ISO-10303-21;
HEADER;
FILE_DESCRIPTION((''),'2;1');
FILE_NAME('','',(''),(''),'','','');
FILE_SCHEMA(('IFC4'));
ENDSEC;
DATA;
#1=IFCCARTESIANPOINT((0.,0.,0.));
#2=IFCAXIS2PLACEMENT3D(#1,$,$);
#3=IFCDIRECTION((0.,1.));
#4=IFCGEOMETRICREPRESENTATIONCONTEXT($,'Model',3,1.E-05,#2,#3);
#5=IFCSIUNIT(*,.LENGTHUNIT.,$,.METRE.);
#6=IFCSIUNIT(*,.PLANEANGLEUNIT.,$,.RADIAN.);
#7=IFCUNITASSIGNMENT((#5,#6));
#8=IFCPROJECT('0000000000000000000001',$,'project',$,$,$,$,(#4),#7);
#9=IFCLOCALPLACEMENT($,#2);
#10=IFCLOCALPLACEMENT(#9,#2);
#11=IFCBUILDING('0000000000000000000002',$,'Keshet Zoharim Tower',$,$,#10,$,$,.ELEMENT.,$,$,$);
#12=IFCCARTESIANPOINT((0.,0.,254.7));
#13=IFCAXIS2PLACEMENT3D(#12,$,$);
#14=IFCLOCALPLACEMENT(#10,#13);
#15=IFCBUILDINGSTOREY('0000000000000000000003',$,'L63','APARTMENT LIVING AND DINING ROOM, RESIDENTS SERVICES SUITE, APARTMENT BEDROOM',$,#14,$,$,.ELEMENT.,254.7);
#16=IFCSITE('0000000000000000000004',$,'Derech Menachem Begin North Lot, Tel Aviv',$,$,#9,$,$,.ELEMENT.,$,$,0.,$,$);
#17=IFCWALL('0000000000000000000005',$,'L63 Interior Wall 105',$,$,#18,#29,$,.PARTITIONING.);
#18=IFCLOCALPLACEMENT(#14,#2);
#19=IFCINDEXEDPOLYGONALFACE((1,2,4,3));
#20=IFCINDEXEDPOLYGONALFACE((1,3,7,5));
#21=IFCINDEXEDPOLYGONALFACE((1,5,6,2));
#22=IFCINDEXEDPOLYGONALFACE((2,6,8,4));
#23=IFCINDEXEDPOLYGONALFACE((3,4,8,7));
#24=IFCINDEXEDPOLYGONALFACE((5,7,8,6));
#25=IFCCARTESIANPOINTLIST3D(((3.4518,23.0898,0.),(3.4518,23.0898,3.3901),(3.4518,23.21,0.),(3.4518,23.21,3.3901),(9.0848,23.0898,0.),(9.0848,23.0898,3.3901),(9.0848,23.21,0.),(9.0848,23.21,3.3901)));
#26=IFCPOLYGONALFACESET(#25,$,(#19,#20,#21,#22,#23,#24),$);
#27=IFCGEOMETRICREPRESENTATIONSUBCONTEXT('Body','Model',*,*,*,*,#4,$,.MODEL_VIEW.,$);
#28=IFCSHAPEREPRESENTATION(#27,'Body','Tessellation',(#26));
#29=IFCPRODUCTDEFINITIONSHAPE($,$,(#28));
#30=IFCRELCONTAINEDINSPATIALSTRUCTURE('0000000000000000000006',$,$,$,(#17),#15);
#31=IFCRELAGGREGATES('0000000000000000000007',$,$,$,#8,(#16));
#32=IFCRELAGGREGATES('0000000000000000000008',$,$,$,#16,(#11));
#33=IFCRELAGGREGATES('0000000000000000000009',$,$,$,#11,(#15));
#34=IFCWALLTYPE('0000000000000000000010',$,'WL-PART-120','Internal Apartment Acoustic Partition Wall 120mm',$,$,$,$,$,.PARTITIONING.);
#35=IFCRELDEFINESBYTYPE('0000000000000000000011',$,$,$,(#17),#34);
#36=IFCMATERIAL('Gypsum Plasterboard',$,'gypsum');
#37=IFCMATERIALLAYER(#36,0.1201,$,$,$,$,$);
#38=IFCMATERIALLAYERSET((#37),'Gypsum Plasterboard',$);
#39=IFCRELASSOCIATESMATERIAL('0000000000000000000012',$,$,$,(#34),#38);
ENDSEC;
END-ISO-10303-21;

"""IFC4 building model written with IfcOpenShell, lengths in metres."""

from ifc_helpers import new_model, si_unit, direction, frame, frame_2d, origin, place, context, subcontext, project, spatial, rectangle, extrude, material, layer, layer_set, type_object, element, save


model = new_model("IFC4")

# Units and contexts
model_context = context("Model", 3, precision=1e-05, world=origin(), true_north=direction((0.0, 1.0)))
body_context = subcontext(model_context, "Body", "Model", "MODEL_VIEW")
ifc_project = project(units=[si_unit("LENGTHUNIT", "METRE"), si_unit("PLANEANGLEUNIT", "RADIAN")], contexts=[model_context])

# Site, building, storey
site_placement = place(None, origin())
site = spatial("IfcSite", under=ifc_project, at=site_placement, Name="Derech Menachem Begin North Lot, Tel Aviv", CompositionType="ELEMENT", RefElevation=0.0)
building_placement = place(site_placement, origin())
building = spatial("IfcBuilding", under=site, at=building_placement, Name="Keshet Zoharim Tower", CompositionType="ELEMENT")
storey_placement = place(building_placement, frame((0.0, 0.0, 254.7)))
storey = spatial("IfcBuildingStorey", under=building, at=storey_placement, Name="L63", Description="APARTMENT LIVING AND DINING ROOM, RESIDENTS SERVICES SUITE, APARTMENT BEDROOM", CompositionType="ELEMENT", Elevation=254.7)

# Shared definitions
ifc_material_1 = material(Name="Gypsum Plasterboard", Category="gypsum")
ifc_layer_1 = layer(ifc_material_1, 0.1201)
ifc_layer_set_1 = layer_set([ifc_layer_1], Name="Gypsum Plasterboard")
wall_type = type_object("IfcWallType", Name="WL-PART-120", Description="Internal Apartment Acoustic Partition Wall 120mm", PredefinedType="PARTITIONING", material=ifc_layer_set_1)

# Wall
wall_1_placement = place(storey_placement, frame((3.4519, 23.1499, 0.0), z_axis=(0.0, 0.0, 1.0), x_axis=(1.0, 0.0, 0.0)))
element("IfcWall", 1, at=wall_1_placement, inside=storey, type_object=wall_type, Name="L63 Interior Wall 105", PredefinedType="PARTITIONING", context=body_context, shape_type="SweptSolid", body=[
    extrude(rectangle(XDim=5.6331, YDim=0.1201, at=frame_2d((2.8164, 0.0))), origin(), (0.0, 0.0, 1.0), 3.3901),
])

save(model, "model.ifc")
